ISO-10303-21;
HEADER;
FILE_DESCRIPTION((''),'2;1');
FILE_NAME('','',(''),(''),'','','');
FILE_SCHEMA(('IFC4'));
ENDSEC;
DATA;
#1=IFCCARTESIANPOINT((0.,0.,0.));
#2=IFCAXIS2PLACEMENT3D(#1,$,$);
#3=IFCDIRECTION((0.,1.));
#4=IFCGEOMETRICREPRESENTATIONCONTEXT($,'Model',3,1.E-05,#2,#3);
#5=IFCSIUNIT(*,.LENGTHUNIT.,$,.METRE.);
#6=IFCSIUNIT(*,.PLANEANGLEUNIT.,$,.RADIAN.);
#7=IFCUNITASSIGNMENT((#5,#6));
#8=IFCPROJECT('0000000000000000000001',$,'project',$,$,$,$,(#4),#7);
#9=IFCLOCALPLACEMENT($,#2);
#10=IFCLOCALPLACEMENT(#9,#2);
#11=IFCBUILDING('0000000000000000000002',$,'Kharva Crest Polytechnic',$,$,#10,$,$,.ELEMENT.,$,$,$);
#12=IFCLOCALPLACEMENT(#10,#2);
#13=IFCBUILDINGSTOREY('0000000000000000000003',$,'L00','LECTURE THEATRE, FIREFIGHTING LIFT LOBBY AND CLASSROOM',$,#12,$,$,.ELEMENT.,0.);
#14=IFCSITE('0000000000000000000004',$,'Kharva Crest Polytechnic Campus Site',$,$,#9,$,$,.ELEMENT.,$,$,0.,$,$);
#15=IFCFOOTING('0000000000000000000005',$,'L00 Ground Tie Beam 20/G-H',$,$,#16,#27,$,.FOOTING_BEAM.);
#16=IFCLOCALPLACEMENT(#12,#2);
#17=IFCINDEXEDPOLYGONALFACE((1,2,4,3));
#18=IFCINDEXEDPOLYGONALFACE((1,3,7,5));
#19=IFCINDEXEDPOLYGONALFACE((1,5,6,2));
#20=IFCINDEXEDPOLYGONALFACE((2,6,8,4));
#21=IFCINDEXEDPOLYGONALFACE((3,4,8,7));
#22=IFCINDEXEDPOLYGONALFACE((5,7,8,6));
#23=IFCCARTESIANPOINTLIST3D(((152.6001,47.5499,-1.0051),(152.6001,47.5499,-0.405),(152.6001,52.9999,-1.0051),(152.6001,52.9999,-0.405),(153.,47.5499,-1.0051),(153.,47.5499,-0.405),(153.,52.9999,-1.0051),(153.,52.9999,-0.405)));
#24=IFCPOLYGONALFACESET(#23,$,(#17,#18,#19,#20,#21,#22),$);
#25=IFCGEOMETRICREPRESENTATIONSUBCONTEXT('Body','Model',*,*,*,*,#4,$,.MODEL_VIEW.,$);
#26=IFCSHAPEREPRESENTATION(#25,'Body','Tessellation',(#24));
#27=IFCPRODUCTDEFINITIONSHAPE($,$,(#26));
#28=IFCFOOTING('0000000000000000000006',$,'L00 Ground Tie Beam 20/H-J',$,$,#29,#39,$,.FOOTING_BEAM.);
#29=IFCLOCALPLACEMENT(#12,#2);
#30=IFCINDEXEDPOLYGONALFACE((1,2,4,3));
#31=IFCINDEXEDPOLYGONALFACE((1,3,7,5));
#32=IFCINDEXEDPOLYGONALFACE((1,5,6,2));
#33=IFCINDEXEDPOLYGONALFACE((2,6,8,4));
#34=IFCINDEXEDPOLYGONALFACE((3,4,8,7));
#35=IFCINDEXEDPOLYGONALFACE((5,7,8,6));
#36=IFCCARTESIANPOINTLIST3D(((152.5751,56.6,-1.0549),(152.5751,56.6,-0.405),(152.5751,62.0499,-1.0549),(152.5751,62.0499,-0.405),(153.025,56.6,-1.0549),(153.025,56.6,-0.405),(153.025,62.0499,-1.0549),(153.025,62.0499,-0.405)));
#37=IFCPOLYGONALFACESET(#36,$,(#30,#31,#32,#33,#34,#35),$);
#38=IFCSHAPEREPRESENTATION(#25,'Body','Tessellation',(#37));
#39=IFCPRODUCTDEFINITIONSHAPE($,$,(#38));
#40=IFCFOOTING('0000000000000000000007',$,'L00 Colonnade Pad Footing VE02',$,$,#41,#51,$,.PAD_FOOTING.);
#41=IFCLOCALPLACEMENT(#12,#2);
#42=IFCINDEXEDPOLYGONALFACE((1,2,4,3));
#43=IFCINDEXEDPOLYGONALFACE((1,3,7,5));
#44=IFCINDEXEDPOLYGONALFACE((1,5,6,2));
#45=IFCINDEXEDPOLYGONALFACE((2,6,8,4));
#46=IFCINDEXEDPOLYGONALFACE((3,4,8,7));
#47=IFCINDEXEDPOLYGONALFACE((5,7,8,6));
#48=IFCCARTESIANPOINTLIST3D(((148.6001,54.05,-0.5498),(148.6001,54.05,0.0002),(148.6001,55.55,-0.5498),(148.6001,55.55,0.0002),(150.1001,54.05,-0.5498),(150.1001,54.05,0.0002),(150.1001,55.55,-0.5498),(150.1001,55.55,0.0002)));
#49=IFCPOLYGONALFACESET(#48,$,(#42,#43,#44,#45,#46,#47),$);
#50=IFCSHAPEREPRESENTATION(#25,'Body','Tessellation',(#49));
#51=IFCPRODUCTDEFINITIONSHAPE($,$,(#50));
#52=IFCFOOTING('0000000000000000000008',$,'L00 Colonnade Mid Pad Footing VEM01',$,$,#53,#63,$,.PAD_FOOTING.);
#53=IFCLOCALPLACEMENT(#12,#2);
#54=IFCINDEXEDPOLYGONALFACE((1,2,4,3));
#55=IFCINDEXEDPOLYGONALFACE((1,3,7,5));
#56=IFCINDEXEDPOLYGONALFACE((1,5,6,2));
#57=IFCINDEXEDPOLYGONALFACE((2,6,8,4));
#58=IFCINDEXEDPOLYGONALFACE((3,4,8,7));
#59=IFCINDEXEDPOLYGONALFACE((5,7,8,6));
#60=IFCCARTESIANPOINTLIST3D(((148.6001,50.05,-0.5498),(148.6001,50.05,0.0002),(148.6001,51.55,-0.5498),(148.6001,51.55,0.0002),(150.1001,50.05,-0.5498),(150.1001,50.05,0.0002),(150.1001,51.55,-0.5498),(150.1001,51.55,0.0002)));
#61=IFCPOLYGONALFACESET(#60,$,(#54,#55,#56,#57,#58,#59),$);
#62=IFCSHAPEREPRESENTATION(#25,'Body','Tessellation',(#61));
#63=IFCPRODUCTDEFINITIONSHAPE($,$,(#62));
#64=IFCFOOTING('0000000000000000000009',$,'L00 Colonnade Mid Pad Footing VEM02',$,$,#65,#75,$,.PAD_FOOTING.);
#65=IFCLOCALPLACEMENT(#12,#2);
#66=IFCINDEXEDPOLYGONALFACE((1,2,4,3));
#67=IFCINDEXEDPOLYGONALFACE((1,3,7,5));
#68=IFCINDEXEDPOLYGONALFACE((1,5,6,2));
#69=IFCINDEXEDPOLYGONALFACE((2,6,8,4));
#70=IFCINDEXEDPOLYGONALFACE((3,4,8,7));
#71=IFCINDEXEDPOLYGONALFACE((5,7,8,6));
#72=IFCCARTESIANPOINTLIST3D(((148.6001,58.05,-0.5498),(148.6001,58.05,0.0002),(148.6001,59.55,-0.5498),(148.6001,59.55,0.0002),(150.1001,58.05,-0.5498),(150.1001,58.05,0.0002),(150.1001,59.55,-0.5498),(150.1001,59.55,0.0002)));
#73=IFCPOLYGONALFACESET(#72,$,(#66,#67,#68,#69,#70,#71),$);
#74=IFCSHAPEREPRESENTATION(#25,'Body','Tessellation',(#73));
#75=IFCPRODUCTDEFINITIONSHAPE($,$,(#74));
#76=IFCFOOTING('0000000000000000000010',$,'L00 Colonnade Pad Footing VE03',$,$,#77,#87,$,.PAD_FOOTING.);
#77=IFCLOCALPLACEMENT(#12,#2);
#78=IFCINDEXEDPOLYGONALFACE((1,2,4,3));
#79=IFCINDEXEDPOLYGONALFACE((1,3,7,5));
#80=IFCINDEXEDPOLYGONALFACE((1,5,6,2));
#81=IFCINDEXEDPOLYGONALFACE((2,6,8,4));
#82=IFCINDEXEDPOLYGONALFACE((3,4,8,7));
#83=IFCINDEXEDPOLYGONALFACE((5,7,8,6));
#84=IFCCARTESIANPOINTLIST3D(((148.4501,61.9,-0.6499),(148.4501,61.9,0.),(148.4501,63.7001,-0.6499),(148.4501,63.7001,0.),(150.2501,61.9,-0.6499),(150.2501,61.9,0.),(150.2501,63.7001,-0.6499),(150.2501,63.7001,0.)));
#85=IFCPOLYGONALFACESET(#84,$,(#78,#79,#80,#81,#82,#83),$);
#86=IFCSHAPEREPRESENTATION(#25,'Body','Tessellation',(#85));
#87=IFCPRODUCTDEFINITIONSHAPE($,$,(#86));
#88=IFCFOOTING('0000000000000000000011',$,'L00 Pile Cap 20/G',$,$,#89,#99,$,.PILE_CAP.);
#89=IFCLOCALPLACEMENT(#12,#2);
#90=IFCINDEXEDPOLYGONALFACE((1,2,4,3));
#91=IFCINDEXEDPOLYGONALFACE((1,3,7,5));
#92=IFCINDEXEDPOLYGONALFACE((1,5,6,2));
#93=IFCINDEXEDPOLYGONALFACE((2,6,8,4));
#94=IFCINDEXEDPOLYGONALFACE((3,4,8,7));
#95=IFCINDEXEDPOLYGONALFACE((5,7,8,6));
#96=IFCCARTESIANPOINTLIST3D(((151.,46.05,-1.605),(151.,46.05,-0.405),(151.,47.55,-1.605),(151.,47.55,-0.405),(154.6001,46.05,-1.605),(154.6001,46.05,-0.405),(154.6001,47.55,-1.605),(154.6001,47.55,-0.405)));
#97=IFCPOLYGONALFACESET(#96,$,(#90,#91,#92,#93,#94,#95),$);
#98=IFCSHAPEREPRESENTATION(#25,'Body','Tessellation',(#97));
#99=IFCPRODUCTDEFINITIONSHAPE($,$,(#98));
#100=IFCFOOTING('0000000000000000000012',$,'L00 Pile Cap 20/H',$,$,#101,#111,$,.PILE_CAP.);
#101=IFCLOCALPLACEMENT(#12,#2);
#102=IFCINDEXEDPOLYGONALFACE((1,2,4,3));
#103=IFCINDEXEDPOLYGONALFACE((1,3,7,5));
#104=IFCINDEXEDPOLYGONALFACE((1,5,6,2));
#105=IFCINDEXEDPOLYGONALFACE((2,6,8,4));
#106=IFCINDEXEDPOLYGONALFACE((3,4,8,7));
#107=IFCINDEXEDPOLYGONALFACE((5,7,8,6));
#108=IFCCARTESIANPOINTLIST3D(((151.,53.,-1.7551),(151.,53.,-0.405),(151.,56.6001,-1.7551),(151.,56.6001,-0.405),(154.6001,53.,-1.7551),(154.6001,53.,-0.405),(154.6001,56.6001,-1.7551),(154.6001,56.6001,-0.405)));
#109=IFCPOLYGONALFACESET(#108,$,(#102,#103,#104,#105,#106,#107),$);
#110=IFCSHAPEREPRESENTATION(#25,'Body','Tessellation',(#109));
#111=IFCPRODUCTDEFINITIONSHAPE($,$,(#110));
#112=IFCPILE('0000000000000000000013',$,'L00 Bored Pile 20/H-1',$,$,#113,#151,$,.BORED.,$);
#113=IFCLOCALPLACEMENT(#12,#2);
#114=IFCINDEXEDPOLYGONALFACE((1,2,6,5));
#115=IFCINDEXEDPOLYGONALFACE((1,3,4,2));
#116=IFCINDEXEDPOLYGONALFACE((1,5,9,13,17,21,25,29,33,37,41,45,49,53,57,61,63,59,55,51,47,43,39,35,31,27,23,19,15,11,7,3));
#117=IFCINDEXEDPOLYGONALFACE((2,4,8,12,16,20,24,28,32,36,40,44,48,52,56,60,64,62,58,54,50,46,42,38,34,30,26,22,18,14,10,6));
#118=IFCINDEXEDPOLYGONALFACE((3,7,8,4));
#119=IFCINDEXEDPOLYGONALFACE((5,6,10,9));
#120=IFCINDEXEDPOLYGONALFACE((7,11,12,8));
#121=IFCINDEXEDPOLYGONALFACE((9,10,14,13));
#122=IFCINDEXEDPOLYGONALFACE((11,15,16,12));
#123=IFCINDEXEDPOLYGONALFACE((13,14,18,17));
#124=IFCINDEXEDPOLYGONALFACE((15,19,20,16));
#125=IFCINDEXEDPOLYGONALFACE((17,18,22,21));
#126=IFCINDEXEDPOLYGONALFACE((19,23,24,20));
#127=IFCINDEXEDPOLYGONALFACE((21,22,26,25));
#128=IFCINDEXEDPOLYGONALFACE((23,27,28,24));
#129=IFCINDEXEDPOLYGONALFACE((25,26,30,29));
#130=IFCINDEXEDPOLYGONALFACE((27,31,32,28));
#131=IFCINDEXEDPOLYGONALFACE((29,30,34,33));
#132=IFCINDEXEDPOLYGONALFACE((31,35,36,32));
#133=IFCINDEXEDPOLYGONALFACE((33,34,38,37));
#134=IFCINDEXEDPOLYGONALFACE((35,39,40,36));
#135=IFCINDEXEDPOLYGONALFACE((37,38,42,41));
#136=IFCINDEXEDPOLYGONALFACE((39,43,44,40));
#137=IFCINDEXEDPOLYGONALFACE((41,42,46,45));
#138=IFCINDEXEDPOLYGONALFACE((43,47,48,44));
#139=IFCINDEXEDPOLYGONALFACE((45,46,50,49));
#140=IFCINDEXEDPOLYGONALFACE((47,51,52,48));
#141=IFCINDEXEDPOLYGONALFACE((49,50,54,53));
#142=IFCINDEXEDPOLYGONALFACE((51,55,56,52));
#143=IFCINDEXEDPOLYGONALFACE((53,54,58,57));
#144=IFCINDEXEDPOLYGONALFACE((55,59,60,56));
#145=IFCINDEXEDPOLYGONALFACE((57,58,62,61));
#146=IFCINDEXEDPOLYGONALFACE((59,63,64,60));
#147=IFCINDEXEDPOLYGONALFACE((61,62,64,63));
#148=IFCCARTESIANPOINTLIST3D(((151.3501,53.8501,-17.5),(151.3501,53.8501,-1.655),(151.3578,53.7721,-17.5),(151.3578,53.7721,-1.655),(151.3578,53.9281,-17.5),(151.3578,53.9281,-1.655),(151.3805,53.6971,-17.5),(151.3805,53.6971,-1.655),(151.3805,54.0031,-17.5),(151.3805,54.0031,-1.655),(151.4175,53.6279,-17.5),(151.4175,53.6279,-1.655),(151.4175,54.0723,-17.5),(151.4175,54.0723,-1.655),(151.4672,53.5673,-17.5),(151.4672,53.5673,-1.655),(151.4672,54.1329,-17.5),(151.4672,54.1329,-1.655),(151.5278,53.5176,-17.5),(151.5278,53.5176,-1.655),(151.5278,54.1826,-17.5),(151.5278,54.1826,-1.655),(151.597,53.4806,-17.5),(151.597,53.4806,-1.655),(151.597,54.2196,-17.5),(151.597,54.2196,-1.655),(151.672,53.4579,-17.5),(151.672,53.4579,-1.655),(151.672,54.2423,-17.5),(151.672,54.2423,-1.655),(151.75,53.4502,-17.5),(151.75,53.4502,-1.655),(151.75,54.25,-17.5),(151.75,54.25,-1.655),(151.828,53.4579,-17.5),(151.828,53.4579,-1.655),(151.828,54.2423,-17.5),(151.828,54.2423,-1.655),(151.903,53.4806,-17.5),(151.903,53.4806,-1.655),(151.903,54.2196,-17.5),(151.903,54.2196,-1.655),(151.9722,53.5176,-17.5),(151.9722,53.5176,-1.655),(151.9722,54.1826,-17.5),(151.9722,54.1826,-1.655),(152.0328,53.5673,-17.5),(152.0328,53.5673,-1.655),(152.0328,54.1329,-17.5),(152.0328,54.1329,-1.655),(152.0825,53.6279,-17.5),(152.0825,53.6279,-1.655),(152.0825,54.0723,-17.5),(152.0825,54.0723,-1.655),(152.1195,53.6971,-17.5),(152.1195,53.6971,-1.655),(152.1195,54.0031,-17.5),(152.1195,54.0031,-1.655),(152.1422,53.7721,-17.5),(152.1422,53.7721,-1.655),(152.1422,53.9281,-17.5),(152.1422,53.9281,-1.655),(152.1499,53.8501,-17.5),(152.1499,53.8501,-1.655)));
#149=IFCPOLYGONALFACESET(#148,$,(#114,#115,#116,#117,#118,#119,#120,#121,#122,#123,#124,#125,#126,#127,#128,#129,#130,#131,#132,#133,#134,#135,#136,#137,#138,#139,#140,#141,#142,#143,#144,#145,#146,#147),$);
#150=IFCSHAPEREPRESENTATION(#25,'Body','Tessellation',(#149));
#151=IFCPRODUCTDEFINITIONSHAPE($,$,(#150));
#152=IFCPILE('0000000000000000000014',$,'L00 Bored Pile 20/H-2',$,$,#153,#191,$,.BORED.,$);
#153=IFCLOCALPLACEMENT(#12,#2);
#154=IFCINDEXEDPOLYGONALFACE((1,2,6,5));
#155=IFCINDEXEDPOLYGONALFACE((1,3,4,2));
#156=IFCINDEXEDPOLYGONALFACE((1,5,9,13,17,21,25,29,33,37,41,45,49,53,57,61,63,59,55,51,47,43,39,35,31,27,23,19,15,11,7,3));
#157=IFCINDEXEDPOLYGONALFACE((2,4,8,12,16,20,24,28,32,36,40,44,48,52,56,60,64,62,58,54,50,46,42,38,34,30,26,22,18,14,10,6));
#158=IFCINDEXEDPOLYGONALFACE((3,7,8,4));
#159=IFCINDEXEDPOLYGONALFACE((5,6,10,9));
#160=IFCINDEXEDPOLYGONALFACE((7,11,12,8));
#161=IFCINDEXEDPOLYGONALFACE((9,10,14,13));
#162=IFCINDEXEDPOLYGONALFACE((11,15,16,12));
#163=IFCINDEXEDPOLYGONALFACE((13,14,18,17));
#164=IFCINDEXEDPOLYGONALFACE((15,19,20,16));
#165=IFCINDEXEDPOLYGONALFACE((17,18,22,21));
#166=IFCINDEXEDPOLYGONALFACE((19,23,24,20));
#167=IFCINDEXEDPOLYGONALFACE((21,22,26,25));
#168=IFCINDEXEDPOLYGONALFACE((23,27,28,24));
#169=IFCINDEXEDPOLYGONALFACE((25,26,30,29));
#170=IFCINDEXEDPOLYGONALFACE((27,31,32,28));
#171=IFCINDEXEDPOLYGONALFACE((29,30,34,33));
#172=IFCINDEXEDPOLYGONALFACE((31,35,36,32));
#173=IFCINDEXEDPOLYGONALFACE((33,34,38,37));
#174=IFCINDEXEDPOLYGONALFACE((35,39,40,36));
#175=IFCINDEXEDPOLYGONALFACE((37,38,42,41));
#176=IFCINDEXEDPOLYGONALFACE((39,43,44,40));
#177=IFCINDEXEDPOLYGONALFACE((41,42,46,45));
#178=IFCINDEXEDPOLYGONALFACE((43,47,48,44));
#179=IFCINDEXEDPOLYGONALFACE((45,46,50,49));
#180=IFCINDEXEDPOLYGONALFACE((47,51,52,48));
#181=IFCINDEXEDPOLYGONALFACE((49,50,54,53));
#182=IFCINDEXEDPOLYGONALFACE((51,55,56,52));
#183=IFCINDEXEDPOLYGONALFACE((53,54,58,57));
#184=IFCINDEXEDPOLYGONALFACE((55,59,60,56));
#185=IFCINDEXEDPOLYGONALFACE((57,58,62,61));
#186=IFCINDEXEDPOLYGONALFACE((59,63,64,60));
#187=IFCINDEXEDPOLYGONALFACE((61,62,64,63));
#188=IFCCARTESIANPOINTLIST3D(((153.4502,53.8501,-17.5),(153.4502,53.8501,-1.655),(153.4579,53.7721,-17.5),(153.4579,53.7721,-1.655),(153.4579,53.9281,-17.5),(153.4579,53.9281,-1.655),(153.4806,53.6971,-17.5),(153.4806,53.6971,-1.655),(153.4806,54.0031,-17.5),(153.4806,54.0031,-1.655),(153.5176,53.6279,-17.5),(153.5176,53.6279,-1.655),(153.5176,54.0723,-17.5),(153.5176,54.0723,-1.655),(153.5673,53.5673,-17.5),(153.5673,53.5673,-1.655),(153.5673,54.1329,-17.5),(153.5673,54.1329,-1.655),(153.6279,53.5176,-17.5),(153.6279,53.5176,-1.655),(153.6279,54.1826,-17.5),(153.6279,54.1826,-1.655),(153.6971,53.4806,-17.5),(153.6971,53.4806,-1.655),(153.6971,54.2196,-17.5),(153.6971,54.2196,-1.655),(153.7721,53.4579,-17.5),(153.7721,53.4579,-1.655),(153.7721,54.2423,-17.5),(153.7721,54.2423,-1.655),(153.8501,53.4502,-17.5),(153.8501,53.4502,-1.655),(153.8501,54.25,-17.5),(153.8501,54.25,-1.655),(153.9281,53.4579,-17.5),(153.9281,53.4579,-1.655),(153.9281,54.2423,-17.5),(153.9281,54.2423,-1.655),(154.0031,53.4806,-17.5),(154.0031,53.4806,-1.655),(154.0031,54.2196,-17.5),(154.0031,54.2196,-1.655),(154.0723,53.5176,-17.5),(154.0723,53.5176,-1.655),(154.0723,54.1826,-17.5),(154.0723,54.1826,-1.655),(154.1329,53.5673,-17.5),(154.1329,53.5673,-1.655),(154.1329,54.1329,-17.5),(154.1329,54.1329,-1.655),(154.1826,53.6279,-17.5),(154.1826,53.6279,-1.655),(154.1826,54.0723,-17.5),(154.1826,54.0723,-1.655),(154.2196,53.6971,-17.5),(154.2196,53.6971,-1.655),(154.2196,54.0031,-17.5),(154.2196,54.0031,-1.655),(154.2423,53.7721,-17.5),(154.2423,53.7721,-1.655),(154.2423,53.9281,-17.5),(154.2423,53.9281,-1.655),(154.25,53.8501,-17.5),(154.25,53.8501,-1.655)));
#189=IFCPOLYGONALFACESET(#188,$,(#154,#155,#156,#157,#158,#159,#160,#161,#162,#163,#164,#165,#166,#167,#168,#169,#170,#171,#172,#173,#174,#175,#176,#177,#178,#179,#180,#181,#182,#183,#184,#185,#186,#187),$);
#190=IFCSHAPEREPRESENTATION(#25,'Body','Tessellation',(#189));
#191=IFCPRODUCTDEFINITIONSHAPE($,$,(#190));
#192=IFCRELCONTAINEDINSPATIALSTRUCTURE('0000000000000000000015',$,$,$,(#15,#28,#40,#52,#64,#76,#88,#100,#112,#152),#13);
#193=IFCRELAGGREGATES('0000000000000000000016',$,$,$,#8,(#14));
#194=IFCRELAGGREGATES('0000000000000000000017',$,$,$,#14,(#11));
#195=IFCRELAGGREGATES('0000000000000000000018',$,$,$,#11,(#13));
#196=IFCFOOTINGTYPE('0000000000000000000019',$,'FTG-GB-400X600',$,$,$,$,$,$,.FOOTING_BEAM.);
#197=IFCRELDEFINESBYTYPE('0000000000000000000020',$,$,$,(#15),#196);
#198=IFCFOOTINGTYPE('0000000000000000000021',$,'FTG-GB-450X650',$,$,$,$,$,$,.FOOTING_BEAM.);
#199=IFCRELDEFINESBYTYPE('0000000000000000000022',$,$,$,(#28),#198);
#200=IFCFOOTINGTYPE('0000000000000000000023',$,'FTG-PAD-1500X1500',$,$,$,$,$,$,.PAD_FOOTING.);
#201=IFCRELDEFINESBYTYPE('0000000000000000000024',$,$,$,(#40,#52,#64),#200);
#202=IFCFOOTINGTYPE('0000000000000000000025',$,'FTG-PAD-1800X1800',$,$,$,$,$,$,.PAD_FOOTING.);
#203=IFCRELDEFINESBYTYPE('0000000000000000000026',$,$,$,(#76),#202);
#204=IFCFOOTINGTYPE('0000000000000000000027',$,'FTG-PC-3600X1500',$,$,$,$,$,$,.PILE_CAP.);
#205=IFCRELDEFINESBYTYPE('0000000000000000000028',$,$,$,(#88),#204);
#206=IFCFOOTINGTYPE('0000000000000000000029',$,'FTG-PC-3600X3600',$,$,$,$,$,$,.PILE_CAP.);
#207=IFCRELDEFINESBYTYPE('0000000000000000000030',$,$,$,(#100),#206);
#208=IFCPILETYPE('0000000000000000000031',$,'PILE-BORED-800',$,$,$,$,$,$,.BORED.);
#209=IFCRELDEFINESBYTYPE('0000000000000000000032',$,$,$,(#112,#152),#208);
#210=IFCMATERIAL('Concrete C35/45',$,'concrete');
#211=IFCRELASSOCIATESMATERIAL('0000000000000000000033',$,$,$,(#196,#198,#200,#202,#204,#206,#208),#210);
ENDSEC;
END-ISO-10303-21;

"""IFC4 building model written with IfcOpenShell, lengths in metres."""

from ifc_helpers import new_model, si_unit, direction, frame, origin, origin_2d, place, context, subcontext, project, spatial, rectangle, circle, extrude, material, material_profile, profile_set, type_object, element, save


model = new_model("IFC4")

# Units and contexts
model_context = context("Model", 3, precision=1e-05, world=origin(), true_north=direction((0.0, 1.0)))
body_context = subcontext(model_context, "Body", "Model", "MODEL_VIEW")
ifc_project = project(units=[si_unit("LENGTHUNIT", "METRE"), si_unit("PLANEANGLEUNIT", "RADIAN")], contexts=[model_context])

# Site, building, storey
site_placement = place(None, origin())
site = spatial("IfcSite", under=ifc_project, at=site_placement, Name="Kharva Crest Polytechnic Campus Site", CompositionType="ELEMENT", RefElevation=0.0)
building_placement = place(site_placement, origin())
building = spatial("IfcBuilding", under=site, at=building_placement, Name="Kharva Crest Polytechnic", CompositionType="ELEMENT")
storey_placement = place(building_placement, origin())
storey = spatial("IfcBuildingStorey", under=building, at=storey_placement, Name="L00", Description="LECTURE THEATRE, FIREFIGHTING LIFT LOBBY AND CLASSROOM", CompositionType="ELEMENT", Elevation=0.0)

# Footings
ifc_material_1 = material(Name="Concrete C35/45", Category="concrete")
footing_type_1 = type_object("IfcFootingType", Name="FTG-GB-400X600", PredefinedType="FOOTING_BEAM", material=ifc_material_1)
footing_1_placement = place(storey_placement, frame((152.8, 50.2749, -1.0051), z_axis=(0.0, 0.0, 1.0), x_axis=(0.0, 1.0, 0.0)))
element("IfcFooting", 1, at=footing_1_placement, inside=storey, type_object=footing_type_1, Name="L00 Ground Tie Beam 20/G-H", PredefinedType="FOOTING_BEAM", context=body_context, shape_type="SweptSolid", body=[
    extrude(rectangle(XDim=5.45, YDim=0.3999, at=origin_2d()), origin(), (0.0, 0.0, 1.0), 0.6001),
])
footing_type_2 = type_object("IfcFootingType", Name="FTG-GB-450X650", PredefinedType="FOOTING_BEAM", material=ifc_material_1)
footing_2_placement = place(storey_placement, frame((152.8, 59.325, -1.0549), z_axis=(0.0, 0.0, 1.0), x_axis=(0.0, 1.0, 0.0)))
element("IfcFooting", 2, at=footing_2_placement, inside=storey, type_object=footing_type_2, Name="L00 Ground Tie Beam 20/H-J", PredefinedType="FOOTING_BEAM", context=body_context, shape_type="SweptSolid", body=[
    extrude(rectangle(XDim=5.45, YDim=0.45, at=origin_2d()), origin(), (0.0, 0.0, 1.0), 0.6499),
])
footing_type_3 = type_object("IfcFootingType", Name="FTG-PAD-1500X1500", PredefinedType="PAD_FOOTING", material=ifc_material_1)
for number, where, z_axis, x_axis, name in (
    (3, (149.3501, 54.8, -0.5498), (0.0, 0.0, 1.0), (1.0, 0.0, 0.0), "L00 Colonnade Pad Footing VE02"),
    (4, (149.3501, 50.8, -0.5498), (0.0, 0.0, 1.0), (1.0, 0.0, 0.0), "L00 Colonnade Mid Pad Footing VEM01"),
    (5, (149.3501, 58.8, -0.5498), (0.0, 0.0, 1.0), (1.0, 0.0, 0.0), "L00 Colonnade Mid Pad Footing VEM02"),
):
    element("IfcFooting", number, at=place(storey_placement, frame(where, z_axis=z_axis, x_axis=x_axis)), inside=storey, type_object=footing_type_3, Name=name, PredefinedType="PAD_FOOTING", context=body_context, shape_type="SweptSolid", body=[
        extrude(rectangle(XDim=1.5, YDim=1.5, at=origin_2d()), origin(), (0.0, 0.0, 1.0), 0.55),
    ])
footing_type_4 = type_object("IfcFootingType", Name="FTG-PAD-1800X1800", PredefinedType="PAD_FOOTING", material=ifc_material_1)
footing_3_placement = place(storey_placement, frame((149.3501, 62.8, -0.6499), z_axis=(0.0, 0.0, 1.0), x_axis=(1.0, 0.0, 0.0)))
element("IfcFooting", 6, at=footing_3_placement, inside=storey, type_object=footing_type_4, Name="L00 Colonnade Pad Footing VE03", PredefinedType="PAD_FOOTING", context=body_context, shape_type="SweptSolid", body=[
    extrude(rectangle(XDim=1.8, YDim=1.8, at=origin_2d()), origin(), (0.0, 0.0, 1.0), 0.6499),
])
footing_type_5 = type_object("IfcFootingType", Name="FTG-PC-3600X1500", PredefinedType="PILE_CAP", material=ifc_material_1)
footing_4_placement = place(storey_placement, frame((152.8, 46.8, -1.605), z_axis=(0.0, 0.0, 1.0), x_axis=(1.0, 0.0, 0.0)))
element("IfcFooting", 7, at=footing_4_placement, inside=storey, type_object=footing_type_5, Name="L00 Pile Cap 20/G", PredefinedType="PILE_CAP", context=body_context, shape_type="SweptSolid", body=[
    extrude(rectangle(XDim=3.6001, YDim=1.5, at=origin_2d()), origin(), (0.0, 0.0, 1.0), 1.2),
])
footing_type_6 = type_object("IfcFootingType", Name="FTG-PC-3600X3600", PredefinedType="PILE_CAP", material=ifc_material_1)
footing_5_placement = place(storey_placement, frame((152.8, 54.8, -1.7551), z_axis=(0.0, 0.0, 1.0), x_axis=(1.0, 0.0, 0.0)))
element("IfcFooting", 8, at=footing_5_placement, inside=storey, type_object=footing_type_6, Name="L00 Pile Cap 20/H", PredefinedType="PILE_CAP", context=body_context, shape_type="SweptSolid", body=[
    extrude(rectangle(XDim=3.6001, YDim=3.6001, at=origin_2d()), origin(), (0.0, 0.0, 1.0), 1.3501),
])

# Piles
ifc_material_profile_1 = material_profile(ifc_material_1, circle(Radius=0.3999, at=origin_2d()), Name="DIA 800")
ifc_profile_set_1 = profile_set([ifc_material_profile_1], Name="Concrete C35/45")
pile_type_1 = type_object("IfcPileType", Name="PILE-BORED-800", PredefinedType="BORED", material=ifc_profile_set_1)
for number, where, z_axis, x_axis, name in (
    (9, (151.75, 53.8501, -1.655), (0.0, 0.0, -1.0), (1.0, 0.0, 0.0), "L00 Bored Pile 20/H-1"),
    (10, (153.8501, 53.8501, -1.655), (0.0, 0.0, -1.0), (1.0, 0.0, 0.0), "L00 Bored Pile 20/H-2"),
):
    element("IfcPile", number, at=place(storey_placement, frame(where, z_axis=z_axis, x_axis=x_axis)), inside=storey, type_object=pile_type_1, Name=name, PredefinedType="BORED", context=body_context, shape_type="SweptSolid", body=[
        extrude(circle(Radius=0.3999, at=origin_2d()), origin(), (0.0, 0.0, 1.0), 15.845),
    ])

save(model, "model.ifc")
